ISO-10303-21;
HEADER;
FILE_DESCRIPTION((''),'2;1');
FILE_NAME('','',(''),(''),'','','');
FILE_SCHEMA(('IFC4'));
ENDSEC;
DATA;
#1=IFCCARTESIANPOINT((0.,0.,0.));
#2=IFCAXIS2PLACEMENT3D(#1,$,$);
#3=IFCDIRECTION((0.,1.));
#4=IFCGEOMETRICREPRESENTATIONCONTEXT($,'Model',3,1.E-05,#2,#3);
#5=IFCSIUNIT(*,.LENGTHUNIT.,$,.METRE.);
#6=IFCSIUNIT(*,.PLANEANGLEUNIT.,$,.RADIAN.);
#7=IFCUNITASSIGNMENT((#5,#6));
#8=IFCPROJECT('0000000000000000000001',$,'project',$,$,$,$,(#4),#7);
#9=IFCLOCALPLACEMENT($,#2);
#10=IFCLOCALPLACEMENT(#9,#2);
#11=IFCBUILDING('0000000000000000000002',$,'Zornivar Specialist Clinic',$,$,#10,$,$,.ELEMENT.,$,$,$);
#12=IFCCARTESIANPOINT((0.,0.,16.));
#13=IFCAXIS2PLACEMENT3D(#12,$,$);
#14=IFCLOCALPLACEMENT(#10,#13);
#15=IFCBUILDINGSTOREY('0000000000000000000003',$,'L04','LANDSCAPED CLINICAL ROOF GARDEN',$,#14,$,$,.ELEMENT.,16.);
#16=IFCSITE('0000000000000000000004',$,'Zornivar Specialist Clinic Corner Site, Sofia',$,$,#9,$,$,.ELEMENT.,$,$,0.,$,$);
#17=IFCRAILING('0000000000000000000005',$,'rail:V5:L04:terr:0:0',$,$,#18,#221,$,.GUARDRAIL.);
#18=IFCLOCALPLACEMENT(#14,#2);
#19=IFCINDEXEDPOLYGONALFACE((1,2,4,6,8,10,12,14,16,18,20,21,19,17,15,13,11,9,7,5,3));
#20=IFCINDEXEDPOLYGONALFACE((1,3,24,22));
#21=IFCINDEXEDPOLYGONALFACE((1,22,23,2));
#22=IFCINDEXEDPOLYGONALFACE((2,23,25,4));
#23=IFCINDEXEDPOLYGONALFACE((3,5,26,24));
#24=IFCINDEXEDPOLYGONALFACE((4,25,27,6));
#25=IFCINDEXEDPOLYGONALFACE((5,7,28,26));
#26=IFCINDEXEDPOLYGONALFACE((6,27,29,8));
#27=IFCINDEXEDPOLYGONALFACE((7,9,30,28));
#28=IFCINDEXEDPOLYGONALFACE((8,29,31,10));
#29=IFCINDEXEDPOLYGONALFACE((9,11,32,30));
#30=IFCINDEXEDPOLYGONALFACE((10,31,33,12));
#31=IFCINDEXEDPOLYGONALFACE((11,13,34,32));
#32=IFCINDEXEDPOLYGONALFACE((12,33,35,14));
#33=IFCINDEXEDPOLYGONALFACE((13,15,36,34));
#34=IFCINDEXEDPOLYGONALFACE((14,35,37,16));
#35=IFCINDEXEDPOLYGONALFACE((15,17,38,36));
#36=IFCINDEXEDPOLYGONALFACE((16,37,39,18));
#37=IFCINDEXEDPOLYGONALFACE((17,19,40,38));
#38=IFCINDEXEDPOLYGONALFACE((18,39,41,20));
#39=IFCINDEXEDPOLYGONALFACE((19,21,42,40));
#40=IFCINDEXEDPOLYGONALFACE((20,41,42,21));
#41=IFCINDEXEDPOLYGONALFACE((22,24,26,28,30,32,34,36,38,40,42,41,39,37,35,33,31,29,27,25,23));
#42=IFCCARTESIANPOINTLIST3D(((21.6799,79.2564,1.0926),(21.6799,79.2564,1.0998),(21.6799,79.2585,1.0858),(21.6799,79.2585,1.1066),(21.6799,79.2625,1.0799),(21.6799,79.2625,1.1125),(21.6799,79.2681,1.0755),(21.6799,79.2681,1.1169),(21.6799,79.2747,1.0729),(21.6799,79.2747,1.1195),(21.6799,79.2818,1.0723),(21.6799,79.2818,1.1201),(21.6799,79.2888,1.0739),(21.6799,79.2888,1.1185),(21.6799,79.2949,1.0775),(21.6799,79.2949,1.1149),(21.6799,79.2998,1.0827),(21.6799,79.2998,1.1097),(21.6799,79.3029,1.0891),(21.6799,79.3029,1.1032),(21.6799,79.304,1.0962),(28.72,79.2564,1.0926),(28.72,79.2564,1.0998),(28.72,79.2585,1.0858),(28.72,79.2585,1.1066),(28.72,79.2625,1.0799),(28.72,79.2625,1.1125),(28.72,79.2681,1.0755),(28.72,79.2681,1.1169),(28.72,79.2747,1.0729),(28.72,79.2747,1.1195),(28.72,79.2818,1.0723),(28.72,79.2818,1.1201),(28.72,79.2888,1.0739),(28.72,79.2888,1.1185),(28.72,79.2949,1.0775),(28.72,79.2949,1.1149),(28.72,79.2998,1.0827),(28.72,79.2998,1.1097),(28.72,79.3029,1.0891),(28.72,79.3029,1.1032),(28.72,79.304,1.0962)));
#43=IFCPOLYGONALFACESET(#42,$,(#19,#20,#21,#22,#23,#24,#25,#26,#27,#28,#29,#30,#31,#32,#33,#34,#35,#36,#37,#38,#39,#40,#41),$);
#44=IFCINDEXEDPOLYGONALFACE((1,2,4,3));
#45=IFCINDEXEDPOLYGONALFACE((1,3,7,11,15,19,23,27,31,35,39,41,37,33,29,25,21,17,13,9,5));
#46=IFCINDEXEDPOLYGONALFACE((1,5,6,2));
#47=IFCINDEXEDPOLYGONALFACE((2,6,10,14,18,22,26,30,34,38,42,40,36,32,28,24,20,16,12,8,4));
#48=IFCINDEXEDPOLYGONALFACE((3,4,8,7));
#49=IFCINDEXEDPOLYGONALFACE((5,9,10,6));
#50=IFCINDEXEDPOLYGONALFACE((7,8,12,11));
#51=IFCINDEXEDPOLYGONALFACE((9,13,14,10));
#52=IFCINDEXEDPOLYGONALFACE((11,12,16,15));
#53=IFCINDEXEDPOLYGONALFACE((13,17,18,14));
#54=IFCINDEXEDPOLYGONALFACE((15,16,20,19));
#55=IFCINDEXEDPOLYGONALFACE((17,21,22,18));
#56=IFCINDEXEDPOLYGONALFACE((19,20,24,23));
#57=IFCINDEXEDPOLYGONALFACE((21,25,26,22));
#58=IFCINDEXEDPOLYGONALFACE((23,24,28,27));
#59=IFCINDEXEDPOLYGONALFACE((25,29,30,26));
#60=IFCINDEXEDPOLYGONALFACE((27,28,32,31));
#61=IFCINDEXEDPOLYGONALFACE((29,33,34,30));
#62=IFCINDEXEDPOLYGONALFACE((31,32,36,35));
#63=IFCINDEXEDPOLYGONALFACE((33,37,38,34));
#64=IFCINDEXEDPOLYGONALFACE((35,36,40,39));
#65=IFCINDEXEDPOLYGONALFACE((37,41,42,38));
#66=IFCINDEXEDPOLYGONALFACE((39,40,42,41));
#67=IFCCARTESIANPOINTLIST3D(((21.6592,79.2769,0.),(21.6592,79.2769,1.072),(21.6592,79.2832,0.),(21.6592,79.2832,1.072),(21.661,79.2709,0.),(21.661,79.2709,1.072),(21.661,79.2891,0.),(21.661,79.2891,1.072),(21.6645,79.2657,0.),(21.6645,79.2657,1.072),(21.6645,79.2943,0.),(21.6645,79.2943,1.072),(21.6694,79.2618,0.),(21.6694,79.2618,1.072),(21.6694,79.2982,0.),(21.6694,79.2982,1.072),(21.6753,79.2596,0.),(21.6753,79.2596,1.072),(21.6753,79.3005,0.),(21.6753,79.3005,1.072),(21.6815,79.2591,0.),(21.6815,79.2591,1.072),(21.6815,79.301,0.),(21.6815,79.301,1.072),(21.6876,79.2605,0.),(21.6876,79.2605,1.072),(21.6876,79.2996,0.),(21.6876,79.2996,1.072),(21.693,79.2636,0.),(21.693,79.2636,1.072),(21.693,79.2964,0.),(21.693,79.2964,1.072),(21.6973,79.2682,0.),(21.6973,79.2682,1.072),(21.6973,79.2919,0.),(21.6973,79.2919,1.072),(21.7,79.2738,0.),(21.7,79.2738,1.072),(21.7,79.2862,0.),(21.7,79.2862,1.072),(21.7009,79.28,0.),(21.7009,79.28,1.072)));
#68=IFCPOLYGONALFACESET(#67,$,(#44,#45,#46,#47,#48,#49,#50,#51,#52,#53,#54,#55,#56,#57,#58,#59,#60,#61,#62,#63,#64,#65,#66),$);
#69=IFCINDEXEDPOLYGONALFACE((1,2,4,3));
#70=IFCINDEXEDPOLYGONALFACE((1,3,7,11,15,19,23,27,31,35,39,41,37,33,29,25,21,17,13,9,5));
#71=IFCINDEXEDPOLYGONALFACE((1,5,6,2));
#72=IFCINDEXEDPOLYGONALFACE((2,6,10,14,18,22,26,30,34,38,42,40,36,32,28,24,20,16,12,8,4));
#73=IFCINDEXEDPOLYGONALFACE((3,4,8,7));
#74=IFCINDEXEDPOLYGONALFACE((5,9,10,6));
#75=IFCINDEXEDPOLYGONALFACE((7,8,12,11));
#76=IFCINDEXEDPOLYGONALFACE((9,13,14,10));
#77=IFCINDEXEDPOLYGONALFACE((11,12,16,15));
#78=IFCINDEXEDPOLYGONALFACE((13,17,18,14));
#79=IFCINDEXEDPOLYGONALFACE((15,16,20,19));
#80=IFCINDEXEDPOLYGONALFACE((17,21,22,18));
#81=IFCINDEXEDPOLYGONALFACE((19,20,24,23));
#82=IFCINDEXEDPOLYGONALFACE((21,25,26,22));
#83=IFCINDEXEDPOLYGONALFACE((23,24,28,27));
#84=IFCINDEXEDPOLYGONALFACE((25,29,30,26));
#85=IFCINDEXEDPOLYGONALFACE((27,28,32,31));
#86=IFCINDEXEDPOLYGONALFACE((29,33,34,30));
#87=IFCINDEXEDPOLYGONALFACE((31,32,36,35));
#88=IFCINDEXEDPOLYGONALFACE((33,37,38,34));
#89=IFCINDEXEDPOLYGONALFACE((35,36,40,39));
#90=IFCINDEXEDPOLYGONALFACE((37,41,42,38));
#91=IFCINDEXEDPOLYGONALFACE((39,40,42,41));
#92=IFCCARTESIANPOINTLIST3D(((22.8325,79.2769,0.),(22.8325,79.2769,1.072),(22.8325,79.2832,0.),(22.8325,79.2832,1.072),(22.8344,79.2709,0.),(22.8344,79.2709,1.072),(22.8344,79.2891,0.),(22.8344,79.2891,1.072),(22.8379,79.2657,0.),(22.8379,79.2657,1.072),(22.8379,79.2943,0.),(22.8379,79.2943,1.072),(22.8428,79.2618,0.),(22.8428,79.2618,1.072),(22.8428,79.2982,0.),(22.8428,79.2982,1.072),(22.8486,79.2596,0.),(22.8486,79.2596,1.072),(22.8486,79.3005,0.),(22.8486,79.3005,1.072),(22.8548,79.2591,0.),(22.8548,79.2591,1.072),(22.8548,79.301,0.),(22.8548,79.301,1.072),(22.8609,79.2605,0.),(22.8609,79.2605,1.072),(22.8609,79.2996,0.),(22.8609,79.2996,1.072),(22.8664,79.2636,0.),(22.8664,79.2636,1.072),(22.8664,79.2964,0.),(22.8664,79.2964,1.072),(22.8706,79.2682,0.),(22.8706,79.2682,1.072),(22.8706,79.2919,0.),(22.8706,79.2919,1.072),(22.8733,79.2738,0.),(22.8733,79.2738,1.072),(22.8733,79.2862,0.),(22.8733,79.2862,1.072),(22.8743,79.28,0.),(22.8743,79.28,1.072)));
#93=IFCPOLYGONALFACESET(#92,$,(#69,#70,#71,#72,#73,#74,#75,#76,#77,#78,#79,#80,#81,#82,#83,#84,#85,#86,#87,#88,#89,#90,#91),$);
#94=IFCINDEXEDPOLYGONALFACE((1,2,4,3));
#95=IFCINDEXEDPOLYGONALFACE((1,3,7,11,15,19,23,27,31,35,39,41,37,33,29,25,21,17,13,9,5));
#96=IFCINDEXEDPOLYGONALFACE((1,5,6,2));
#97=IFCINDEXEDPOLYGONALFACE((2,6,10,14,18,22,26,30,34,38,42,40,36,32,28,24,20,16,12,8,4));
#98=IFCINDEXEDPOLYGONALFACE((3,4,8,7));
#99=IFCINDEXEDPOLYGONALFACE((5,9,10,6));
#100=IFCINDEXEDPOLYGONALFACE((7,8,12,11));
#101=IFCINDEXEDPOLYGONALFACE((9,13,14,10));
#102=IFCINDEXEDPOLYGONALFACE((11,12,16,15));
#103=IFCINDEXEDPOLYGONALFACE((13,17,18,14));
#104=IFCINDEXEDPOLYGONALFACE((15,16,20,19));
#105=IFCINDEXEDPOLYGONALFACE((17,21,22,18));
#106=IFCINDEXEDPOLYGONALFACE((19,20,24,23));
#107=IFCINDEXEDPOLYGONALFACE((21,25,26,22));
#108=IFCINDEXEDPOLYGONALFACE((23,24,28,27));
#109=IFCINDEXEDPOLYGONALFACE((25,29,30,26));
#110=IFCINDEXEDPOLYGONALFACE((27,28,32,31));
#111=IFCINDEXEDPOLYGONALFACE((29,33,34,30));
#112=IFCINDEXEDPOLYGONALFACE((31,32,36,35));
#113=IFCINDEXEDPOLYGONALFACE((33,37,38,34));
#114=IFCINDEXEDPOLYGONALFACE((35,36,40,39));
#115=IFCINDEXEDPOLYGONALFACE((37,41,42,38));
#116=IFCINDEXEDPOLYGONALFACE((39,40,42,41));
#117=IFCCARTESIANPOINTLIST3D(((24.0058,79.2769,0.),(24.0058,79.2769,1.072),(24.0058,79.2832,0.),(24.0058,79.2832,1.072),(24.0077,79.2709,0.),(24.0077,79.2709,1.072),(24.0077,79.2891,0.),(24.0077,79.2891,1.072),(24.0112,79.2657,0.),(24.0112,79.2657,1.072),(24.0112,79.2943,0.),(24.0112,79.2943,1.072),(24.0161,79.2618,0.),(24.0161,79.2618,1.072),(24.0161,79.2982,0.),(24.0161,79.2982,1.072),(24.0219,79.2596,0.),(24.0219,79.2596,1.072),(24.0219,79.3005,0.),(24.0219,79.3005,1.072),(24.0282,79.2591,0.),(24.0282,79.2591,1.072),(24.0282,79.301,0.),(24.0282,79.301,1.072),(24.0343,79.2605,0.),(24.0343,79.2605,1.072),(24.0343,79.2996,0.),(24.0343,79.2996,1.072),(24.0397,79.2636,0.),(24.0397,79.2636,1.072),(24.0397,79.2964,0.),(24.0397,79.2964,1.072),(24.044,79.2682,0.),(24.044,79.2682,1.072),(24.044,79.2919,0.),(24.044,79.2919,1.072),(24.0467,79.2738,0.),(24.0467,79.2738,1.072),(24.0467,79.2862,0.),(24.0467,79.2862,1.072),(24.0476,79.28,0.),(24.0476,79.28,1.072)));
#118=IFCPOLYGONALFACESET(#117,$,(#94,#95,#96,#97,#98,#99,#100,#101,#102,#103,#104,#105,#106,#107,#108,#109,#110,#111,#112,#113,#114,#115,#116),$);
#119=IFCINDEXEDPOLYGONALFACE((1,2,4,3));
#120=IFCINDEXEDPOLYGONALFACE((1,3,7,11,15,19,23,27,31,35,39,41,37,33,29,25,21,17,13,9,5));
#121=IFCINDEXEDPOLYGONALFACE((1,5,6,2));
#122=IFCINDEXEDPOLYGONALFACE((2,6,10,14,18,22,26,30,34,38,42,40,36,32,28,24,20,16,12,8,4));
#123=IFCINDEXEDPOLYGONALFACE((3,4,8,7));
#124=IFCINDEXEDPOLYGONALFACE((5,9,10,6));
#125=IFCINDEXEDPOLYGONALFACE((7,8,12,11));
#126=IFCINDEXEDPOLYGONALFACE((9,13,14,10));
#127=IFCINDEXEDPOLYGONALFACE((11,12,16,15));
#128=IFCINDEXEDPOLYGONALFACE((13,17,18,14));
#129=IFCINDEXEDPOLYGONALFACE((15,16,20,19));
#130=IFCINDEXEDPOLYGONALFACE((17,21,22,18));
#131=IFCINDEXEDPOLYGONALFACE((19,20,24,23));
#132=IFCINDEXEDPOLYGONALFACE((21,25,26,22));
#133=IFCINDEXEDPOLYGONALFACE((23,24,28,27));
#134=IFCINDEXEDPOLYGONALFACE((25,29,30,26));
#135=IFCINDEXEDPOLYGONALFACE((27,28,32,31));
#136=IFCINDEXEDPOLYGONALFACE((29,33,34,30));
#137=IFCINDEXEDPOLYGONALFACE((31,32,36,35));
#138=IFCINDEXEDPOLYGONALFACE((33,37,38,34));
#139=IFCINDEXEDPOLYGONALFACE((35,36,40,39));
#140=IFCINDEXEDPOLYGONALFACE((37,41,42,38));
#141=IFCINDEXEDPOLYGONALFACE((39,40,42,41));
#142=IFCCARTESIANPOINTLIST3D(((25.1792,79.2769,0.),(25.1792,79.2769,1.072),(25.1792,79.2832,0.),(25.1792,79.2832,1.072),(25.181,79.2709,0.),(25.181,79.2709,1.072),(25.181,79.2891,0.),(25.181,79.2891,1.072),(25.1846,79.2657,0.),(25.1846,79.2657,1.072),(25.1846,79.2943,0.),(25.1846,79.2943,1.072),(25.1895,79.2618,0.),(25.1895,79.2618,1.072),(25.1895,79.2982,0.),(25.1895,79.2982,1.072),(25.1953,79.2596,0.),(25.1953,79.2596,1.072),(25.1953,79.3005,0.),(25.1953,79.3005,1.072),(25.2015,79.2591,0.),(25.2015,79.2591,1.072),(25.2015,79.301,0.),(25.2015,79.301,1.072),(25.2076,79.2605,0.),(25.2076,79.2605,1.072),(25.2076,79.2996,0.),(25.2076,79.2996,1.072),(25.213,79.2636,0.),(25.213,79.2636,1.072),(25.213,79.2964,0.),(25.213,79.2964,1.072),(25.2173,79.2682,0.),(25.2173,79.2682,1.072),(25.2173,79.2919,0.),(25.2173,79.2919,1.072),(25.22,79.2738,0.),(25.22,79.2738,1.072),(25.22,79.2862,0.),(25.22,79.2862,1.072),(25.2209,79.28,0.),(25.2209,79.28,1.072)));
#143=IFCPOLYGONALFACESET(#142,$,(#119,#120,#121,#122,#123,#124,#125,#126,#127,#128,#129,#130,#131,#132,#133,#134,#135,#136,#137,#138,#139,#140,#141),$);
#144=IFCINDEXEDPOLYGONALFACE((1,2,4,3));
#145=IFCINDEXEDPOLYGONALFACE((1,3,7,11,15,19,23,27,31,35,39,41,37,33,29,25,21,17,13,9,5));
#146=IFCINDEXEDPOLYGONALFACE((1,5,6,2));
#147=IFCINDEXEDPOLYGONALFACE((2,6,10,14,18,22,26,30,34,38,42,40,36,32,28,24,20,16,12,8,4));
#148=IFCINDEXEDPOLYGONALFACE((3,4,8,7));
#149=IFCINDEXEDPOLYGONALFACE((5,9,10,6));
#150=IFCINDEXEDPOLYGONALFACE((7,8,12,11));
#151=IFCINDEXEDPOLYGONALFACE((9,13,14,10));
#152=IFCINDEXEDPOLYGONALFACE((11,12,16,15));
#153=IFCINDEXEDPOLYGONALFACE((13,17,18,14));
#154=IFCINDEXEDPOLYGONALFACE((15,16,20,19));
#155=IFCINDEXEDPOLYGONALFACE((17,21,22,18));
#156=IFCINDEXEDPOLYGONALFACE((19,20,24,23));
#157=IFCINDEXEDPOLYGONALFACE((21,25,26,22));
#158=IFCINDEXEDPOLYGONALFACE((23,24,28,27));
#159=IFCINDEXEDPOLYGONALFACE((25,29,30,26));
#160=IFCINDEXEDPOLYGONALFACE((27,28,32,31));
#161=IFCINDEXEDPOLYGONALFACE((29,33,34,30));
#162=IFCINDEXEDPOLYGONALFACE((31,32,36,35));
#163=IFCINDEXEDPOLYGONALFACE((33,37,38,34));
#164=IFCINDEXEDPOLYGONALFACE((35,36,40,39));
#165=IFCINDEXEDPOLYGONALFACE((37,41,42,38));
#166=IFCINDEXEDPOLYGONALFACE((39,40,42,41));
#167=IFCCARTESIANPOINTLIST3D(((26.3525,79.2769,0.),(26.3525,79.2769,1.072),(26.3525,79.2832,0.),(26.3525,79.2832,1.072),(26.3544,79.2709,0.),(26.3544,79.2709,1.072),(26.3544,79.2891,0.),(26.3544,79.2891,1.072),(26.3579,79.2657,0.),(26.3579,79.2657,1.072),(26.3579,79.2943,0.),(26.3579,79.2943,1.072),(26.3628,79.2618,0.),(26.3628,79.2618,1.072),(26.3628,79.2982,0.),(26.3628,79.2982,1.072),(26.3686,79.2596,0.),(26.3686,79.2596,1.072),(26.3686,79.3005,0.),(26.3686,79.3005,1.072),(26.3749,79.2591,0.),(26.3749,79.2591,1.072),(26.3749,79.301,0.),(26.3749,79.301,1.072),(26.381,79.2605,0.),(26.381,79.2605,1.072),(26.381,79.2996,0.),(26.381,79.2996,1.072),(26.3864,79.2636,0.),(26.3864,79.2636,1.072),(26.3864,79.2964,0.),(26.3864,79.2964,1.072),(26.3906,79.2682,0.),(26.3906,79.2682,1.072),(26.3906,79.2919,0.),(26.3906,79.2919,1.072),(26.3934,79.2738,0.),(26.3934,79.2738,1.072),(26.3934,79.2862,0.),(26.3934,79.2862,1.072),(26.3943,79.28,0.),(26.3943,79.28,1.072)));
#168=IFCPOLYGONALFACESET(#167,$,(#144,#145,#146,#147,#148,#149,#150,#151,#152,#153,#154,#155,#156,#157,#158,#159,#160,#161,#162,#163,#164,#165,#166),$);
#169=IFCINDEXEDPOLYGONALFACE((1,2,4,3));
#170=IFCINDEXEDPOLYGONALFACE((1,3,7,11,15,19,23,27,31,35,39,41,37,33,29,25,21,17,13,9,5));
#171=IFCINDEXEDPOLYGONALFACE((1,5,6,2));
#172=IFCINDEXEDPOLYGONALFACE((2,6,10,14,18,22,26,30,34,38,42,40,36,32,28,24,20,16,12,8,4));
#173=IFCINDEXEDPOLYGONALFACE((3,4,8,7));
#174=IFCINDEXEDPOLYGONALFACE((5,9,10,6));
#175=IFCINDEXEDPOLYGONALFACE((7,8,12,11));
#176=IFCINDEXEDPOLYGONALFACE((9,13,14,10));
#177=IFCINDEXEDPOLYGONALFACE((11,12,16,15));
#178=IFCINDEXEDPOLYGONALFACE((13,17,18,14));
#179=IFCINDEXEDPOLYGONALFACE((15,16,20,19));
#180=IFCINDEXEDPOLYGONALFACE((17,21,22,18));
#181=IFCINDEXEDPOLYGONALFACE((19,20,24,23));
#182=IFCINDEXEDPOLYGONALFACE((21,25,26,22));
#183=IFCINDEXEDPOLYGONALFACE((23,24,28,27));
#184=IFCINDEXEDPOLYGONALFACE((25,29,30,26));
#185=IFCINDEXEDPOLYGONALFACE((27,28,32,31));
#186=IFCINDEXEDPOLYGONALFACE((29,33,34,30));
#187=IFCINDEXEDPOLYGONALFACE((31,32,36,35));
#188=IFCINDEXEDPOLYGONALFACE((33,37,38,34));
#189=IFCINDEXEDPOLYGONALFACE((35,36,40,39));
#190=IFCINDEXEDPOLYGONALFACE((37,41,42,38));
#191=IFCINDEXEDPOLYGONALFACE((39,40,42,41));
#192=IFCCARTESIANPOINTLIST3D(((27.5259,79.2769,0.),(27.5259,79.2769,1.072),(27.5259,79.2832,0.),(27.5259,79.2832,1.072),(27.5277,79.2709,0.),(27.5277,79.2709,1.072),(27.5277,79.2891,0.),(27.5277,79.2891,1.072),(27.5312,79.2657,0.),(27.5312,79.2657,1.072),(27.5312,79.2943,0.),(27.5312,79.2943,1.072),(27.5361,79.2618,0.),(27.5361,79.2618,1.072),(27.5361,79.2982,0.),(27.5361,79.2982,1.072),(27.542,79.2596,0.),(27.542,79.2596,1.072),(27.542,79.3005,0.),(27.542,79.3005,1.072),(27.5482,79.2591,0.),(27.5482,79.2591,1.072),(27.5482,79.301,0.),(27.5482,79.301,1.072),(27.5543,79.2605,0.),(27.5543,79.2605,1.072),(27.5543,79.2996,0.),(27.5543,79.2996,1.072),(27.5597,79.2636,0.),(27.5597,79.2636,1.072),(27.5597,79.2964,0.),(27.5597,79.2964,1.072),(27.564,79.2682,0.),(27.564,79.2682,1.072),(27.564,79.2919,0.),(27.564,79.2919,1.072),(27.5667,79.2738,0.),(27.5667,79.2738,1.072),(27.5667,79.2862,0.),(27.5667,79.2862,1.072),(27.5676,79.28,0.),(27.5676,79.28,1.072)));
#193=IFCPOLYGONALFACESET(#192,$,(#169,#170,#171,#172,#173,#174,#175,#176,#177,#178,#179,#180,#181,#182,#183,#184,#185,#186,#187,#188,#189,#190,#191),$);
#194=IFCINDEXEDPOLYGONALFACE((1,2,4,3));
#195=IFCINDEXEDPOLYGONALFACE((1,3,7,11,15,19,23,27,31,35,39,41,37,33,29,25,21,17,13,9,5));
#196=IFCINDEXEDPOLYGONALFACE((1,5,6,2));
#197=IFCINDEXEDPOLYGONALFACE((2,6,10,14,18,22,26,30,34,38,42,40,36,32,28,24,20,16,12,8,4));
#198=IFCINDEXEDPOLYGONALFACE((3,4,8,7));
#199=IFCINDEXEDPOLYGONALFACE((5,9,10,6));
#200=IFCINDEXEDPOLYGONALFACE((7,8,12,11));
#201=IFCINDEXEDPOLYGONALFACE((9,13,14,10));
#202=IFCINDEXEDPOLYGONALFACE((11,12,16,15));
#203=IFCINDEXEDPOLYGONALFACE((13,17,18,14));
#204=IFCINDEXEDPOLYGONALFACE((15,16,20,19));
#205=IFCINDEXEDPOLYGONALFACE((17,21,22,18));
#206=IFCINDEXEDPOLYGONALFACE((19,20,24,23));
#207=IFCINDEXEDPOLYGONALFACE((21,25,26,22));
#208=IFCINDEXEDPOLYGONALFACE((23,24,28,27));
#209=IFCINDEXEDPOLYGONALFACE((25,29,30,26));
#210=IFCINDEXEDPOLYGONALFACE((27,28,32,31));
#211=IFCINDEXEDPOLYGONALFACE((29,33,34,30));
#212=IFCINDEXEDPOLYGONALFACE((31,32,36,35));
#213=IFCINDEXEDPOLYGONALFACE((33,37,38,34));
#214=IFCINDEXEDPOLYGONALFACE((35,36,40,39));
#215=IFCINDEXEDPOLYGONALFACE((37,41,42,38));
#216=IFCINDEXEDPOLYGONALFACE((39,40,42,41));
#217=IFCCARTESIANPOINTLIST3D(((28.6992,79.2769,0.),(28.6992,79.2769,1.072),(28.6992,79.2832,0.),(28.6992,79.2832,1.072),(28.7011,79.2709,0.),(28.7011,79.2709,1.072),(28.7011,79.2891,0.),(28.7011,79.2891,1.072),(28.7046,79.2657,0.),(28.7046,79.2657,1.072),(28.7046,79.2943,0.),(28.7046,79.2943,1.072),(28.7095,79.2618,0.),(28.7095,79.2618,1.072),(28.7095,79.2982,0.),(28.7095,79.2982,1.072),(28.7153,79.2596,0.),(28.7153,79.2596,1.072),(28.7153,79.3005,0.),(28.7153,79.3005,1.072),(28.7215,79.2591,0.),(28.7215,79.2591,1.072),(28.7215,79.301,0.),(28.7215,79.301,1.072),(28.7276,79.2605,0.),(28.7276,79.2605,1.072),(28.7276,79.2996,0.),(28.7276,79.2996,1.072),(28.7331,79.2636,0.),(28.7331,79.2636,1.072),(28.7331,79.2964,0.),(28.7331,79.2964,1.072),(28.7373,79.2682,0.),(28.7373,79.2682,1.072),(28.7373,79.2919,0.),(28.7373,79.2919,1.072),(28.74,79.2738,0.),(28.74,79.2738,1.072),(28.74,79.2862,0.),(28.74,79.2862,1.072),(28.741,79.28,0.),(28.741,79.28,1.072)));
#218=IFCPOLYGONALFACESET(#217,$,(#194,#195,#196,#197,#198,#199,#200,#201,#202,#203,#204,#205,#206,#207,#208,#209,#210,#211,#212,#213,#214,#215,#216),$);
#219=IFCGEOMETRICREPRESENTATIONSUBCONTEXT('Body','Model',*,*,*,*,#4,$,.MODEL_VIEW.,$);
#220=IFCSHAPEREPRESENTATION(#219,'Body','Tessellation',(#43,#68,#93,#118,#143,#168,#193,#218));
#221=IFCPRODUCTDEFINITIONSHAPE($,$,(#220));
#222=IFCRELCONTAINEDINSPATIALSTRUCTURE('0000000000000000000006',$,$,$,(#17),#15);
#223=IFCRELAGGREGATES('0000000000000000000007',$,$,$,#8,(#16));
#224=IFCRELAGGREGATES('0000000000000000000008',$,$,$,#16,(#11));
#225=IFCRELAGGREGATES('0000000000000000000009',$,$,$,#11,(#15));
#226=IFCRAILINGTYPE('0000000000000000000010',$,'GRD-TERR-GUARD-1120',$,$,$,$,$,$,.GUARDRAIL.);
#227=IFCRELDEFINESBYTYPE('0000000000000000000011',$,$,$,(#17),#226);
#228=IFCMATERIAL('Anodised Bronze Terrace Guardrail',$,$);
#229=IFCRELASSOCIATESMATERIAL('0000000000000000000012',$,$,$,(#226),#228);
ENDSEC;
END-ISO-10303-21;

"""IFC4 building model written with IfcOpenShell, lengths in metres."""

from ifc_helpers import new_model, si_unit, direction, frame, origin, origin_2d, place, context, subcontext, project, spatial, circle, extrude, material, type_object, element, save


model = new_model("IFC4")

# Units and contexts
model_context = context("Model", 3, precision=1e-05, world=origin(), true_north=direction((0.0, 1.0)))
body_context = subcontext(model_context, "Body", "Model", "MODEL_VIEW")
ifc_project = project(units=[si_unit("LENGTHUNIT", "METRE"), si_unit("PLANEANGLEUNIT", "RADIAN")], contexts=[model_context])

# Site, building, storey
site_placement = place(None, origin())
site = spatial("IfcSite", under=ifc_project, at=site_placement, Name="Zornivar Specialist Clinic Corner Site, Sofia", CompositionType="ELEMENT", RefElevation=0.0)
building_placement = place(site_placement, origin())
building = spatial("IfcBuilding", under=site, at=building_placement, Name="Zornivar Specialist Clinic", CompositionType="ELEMENT")
storey_placement = place(building_placement, frame((0.0, 0.0, 16.0)))
storey = spatial("IfcBuildingStorey", under=building, at=storey_placement, Name="L04", Description="LANDSCAPED CLINICAL ROOF GARDEN", CompositionType="ELEMENT", Elevation=16.0)

# Railing
ifc_material_1 = material(Name="Anodised Bronze Terrace Guardrail")
railing_type = type_object("IfcRailingType", Name="GRD-TERR-GUARD-1120", PredefinedType="GUARDRAIL", material=ifc_material_1)
railing_1_placement = place(storey_placement, frame((21.6799, 79.28, 0.0)))
element("IfcRailing", 1, at=railing_1_placement, inside=storey, type_object=railing_type, Name="rail:V5:L04:terr:0:0", PredefinedType="GUARDRAIL", context=body_context, shape_type="SweptSolid", body=[
    extrude(circle(Radius=0.0239, at=origin_2d()), frame((0.0, 0.0, 1.0962), z_axis=(1.0, 0.0, 0.0), x_axis=(0.0, 1.0, 0.0)), (0.0, 0.0, 1.0), 7.04),
    extrude(circle(Radius=0.021, at=origin_2d()), origin(), (0.0, 0.0, 1.0), 1.072),
    extrude(circle(Radius=0.021, at=origin_2d()), frame((1.1733, 0.0, 0.0)), (0.0, 0.0, 1.0), 1.072),
    extrude(circle(Radius=0.021, at=origin_2d()), frame((2.3467, 0.0, 0.0)), (0.0, 0.0, 1.0), 1.072),
    extrude(circle(Radius=0.021, at=origin_2d()), frame((3.52, 0.0, 0.0)), (0.0, 0.0, 1.0), 1.072),
    extrude(circle(Radius=0.021, at=origin_2d()), frame((4.6934, 0.0, 0.0)), (0.0, 0.0, 1.0), 1.072),
    extrude(circle(Radius=0.021, at=origin_2d()), frame((5.8667, 0.0, 0.0)), (0.0, 0.0, 1.0), 1.072),
    extrude(circle(Radius=0.021, at=origin_2d()), frame((7.04, 0.0, 0.0)), (0.0, 0.0, 1.0), 1.072),
])

save(model, "model.ifc")
